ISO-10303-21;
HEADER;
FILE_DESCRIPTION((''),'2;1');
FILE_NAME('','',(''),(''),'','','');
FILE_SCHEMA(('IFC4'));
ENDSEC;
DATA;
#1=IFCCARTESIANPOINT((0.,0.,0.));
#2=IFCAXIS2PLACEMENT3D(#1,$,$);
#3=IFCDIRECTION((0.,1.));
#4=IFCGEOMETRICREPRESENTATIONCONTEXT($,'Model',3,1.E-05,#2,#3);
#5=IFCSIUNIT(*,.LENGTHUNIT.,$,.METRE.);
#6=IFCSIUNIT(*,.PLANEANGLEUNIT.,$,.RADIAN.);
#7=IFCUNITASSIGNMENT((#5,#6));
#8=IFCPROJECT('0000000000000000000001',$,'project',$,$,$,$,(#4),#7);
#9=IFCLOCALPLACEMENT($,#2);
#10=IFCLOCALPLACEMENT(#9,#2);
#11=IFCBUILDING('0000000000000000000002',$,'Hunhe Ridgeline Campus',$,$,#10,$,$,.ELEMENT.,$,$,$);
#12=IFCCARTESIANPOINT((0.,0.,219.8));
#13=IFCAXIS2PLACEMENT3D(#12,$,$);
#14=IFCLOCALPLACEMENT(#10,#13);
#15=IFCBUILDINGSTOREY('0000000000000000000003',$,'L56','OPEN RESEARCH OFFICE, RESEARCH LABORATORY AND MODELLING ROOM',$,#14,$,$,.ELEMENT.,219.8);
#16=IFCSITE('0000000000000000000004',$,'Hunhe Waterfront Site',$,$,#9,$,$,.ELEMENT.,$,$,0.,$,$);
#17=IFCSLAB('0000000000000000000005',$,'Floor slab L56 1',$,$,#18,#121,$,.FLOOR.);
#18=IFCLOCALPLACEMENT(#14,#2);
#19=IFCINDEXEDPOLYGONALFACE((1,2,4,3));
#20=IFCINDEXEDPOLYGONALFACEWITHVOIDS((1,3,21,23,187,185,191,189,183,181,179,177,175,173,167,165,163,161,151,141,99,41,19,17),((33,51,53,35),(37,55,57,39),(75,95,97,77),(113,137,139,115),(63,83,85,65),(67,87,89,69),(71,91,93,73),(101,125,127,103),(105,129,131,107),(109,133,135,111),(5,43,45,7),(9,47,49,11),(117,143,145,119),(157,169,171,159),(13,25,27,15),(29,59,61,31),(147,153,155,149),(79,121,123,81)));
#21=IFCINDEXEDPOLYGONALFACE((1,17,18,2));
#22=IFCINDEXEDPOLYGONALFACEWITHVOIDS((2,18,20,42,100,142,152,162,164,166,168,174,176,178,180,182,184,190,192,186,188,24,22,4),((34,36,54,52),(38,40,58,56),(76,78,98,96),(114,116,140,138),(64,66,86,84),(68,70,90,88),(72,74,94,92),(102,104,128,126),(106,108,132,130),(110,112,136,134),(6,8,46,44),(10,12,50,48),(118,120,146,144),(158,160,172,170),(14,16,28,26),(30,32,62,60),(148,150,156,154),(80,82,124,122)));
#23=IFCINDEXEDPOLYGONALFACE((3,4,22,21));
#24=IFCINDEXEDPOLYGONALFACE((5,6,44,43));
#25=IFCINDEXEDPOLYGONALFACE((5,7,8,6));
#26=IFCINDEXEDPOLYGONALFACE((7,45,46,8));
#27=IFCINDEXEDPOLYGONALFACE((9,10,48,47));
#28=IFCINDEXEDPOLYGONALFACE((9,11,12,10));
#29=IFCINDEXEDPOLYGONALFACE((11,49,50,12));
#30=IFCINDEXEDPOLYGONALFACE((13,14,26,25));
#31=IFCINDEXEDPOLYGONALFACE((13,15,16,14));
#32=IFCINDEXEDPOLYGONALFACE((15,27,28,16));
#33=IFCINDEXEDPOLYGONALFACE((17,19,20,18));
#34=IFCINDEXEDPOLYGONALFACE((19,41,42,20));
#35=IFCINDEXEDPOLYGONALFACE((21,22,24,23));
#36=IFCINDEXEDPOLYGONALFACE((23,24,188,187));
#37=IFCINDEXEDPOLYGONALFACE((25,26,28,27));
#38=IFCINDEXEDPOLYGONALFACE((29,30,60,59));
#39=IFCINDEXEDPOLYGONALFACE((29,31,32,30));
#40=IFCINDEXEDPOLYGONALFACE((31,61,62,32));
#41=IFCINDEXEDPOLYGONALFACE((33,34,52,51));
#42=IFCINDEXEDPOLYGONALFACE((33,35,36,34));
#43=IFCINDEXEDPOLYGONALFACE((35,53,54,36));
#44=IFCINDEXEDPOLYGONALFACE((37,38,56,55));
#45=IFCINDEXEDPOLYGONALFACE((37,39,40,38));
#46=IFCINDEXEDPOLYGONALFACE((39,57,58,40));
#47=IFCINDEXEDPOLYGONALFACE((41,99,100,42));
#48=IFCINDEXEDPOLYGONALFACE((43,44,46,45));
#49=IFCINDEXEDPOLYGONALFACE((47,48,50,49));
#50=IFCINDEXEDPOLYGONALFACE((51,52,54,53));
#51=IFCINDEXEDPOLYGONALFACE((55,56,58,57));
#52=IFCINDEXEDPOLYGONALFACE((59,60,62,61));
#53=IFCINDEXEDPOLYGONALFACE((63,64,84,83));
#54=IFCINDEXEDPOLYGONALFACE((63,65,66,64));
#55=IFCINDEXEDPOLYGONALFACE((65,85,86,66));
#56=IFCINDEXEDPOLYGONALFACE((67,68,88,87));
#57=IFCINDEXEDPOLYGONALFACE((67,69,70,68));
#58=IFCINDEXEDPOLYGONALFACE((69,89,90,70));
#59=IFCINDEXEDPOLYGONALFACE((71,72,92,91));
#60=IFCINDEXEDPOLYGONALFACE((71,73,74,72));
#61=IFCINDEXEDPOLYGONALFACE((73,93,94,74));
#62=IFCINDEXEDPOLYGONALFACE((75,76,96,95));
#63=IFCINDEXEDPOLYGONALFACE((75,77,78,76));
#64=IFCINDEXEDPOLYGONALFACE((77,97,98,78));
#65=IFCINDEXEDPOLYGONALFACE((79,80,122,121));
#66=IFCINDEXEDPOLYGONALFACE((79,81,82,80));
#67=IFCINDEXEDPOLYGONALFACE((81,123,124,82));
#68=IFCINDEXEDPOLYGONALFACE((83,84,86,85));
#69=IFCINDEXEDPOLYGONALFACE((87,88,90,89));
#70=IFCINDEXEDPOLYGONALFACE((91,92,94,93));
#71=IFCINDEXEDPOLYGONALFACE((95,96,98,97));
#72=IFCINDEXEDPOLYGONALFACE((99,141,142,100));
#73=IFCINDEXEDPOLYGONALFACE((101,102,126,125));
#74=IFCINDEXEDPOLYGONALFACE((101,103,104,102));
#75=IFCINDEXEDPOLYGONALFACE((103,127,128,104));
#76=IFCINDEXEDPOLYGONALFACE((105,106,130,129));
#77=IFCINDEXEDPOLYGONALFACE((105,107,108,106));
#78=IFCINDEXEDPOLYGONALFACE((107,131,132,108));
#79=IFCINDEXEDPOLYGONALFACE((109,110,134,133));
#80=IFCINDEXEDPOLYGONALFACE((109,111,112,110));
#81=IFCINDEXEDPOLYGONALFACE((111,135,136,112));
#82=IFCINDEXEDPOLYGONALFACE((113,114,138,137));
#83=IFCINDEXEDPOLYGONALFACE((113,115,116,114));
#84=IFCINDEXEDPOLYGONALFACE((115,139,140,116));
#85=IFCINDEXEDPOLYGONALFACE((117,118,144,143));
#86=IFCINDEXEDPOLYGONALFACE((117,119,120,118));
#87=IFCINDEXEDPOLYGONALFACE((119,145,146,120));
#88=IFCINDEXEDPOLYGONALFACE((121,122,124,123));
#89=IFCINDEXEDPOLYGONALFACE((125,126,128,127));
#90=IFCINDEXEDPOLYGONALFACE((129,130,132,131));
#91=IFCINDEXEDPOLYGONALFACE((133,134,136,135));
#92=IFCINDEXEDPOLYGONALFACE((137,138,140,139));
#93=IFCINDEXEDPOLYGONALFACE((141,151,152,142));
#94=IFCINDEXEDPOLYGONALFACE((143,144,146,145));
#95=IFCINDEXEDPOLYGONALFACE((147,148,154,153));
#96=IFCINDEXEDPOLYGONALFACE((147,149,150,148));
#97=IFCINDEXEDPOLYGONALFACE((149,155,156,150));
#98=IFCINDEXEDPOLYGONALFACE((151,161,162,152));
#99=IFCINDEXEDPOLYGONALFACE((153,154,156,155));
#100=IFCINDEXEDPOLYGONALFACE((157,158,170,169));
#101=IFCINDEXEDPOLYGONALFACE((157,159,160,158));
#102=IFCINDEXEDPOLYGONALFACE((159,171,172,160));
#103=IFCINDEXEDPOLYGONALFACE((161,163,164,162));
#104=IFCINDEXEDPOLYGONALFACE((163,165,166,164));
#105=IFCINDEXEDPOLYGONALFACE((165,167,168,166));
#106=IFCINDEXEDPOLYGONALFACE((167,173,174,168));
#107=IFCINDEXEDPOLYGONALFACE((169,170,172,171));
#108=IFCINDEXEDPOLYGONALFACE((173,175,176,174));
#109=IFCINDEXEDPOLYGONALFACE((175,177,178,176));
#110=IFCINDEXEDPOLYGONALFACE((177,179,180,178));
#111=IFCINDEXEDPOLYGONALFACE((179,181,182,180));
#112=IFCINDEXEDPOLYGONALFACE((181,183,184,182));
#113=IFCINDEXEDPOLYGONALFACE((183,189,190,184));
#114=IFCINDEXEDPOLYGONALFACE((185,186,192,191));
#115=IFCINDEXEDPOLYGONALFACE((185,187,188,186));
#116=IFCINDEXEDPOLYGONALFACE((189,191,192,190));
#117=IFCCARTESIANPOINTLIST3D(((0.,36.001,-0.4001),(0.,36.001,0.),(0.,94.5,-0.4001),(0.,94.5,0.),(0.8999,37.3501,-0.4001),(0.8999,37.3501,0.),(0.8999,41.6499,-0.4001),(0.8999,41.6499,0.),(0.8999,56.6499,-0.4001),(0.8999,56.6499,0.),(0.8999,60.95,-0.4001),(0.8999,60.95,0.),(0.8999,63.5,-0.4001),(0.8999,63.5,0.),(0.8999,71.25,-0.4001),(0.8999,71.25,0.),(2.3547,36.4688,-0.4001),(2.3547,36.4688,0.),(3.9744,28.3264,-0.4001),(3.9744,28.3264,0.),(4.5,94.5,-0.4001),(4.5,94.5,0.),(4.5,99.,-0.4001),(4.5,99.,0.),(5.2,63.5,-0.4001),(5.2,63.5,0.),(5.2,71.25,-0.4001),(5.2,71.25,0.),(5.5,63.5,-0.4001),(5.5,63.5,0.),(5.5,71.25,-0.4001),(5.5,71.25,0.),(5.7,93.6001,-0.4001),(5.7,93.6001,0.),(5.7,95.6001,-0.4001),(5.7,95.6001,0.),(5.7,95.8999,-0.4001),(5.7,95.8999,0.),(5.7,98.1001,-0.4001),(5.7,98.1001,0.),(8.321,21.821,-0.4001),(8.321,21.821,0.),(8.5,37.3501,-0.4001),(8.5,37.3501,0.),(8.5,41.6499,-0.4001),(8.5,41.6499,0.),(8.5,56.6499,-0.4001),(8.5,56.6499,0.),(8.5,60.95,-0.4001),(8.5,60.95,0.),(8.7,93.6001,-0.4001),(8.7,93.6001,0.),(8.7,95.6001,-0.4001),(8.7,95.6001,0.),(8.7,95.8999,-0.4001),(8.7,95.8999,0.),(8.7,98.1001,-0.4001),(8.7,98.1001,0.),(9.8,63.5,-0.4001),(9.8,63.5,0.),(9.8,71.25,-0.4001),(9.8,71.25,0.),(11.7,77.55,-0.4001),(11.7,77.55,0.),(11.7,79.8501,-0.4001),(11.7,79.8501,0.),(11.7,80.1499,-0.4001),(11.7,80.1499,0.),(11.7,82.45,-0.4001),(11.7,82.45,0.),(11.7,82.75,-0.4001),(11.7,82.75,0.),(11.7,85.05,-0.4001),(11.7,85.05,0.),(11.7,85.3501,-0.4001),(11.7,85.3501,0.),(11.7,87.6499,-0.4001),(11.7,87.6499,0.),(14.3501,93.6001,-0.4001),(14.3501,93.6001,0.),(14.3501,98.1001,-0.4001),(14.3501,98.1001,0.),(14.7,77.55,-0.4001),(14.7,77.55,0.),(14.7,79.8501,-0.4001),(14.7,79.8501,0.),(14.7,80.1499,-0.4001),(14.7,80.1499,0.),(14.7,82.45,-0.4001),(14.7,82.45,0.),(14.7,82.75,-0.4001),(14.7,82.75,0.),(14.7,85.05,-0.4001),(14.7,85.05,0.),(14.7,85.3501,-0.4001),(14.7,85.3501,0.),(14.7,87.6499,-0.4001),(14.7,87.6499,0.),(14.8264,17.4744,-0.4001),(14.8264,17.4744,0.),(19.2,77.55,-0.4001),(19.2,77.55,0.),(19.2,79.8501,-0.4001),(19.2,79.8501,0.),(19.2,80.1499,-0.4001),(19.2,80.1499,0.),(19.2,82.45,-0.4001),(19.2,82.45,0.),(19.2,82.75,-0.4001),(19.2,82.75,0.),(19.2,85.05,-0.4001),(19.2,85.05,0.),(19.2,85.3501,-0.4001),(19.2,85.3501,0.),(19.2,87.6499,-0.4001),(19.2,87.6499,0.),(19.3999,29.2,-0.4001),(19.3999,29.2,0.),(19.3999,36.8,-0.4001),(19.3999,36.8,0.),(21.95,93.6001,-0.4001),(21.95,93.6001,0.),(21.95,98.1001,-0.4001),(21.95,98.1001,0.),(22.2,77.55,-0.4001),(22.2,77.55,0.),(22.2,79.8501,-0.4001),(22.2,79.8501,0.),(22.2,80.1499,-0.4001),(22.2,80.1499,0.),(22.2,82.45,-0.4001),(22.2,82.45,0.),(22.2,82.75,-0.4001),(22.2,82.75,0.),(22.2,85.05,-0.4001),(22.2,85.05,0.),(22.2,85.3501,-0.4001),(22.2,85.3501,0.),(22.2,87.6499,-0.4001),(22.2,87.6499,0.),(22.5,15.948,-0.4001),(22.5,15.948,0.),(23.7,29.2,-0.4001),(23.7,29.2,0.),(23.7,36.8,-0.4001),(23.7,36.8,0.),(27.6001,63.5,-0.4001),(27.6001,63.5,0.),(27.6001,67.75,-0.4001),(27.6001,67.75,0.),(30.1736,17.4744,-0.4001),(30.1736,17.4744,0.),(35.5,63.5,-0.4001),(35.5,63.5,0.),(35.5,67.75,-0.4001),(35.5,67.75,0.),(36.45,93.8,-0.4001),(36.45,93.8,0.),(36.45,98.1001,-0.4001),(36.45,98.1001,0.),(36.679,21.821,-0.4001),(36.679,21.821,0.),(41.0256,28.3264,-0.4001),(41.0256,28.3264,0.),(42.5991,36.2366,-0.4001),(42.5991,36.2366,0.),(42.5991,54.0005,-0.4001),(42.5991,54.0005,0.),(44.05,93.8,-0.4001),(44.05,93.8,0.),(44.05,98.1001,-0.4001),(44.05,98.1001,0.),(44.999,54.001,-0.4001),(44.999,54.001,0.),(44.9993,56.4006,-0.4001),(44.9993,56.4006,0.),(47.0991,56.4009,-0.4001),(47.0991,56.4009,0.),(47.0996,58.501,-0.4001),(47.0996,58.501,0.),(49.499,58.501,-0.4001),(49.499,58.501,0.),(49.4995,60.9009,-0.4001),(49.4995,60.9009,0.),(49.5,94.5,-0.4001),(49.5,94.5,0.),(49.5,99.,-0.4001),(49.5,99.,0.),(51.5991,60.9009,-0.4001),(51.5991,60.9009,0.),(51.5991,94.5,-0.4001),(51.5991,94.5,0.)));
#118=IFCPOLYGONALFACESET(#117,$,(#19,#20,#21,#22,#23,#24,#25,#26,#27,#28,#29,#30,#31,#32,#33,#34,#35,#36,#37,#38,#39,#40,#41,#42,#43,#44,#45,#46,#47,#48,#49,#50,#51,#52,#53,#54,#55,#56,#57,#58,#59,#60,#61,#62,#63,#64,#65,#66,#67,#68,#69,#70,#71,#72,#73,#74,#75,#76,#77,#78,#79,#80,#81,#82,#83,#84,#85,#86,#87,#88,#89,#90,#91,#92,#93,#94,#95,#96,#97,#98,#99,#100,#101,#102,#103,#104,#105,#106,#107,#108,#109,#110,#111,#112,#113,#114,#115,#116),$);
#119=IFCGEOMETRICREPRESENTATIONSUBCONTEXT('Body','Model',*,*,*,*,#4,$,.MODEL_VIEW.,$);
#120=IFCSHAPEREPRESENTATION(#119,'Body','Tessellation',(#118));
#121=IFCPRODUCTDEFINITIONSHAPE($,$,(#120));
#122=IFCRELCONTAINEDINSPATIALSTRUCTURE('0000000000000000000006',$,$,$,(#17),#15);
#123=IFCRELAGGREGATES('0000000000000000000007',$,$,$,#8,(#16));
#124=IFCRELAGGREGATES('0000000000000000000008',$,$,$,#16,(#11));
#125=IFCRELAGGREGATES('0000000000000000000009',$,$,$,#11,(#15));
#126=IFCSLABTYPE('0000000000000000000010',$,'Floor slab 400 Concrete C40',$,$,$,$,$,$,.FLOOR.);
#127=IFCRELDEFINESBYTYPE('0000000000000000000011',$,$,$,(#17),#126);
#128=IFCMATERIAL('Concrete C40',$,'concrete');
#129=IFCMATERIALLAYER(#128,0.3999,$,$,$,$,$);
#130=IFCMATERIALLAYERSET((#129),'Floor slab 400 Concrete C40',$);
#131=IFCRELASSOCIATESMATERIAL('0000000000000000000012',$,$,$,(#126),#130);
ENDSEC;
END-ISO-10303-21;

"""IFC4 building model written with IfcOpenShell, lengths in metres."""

from ifc_helpers import new_model, si_unit, direction, frame, origin, place, context, subcontext, project, spatial, polyline, outline, extrude, material, layer, layer_set, type_object, element, save


model = new_model("IFC4")

# Units and contexts
model_context = context("Model", 3, precision=1e-05, world=origin(), true_north=direction((0.0, 1.0)))
body_context = subcontext(model_context, "Body", "Model", "MODEL_VIEW")
ifc_project = project(units=[si_unit("LENGTHUNIT", "METRE"), si_unit("PLANEANGLEUNIT", "RADIAN")], contexts=[model_context])

# Site, building, storey
site_placement = place(None, origin())
site = spatial("IfcSite", under=ifc_project, at=site_placement, Name="Hunhe Waterfront Site", CompositionType="ELEMENT", RefElevation=0.0)
building_placement = place(site_placement, origin())
building = spatial("IfcBuilding", under=site, at=building_placement, Name="Hunhe Ridgeline Campus", CompositionType="ELEMENT")
storey_placement = place(building_placement, frame((0.0, 0.0, 219.8)))
storey = spatial("IfcBuildingStorey", under=building, at=storey_placement, Name="L56", Description="OPEN RESEARCH OFFICE, RESEARCH LABORATORY AND MODELLING ROOM", CompositionType="ELEMENT", Elevation=219.8)

# Slab
ifc_material_1 = material(Name="Concrete C40", Category="concrete")
ifc_layer_1 = layer(ifc_material_1, 0.3999)
ifc_layer_set_1 = layer_set([ifc_layer_1], Name="Floor slab 400 Concrete C40")
slab_type_1 = type_object("IfcSlabType", Name="Floor slab 400 Concrete C40", PredefinedType="FLOOR", material=ifc_layer_set_1)
slab_1_placement = place(storey_placement, frame((0.0, 0.0, -0.4001)))
element("IfcSlab", 1, at=slab_1_placement, inside=storey, type_object=slab_type_1, Name="Floor slab L56 1", PredefinedType="FLOOR", context=body_context, shape_type="SweptSolid", body=[
    extrude(outline(polyline([(30.1736, 17.4744), (36.679, 21.821), (41.0256, 28.3264), (42.5991, 36.2366), (42.5991, 54.0005), (44.999, 54.001), (44.9993, 56.4006), (47.0991, 56.4009), (47.0996, 58.501), (49.499, 58.501), (49.4995, 60.9009), (51.5991, 60.9009), (51.5991, 94.5), (49.5, 94.5), (49.5, 99.0), (4.5, 99.0), (4.5, 94.5), (0.0, 94.5), (0.0, 36.001), (2.3547, 36.4688), (3.9744, 28.3264), (8.321, 21.821), (14.8264, 17.4744), (22.5, 15.948), (30.1736, 17.4744)]), holes=[polyline([(36.45, 93.8), (44.05, 93.8), (44.05, 98.1001), (36.45, 98.1001), (36.45, 93.8)]), polyline([(35.5, 63.5), (35.5, 67.75), (27.6001, 67.75), (27.6001, 63.5), (35.5, 63.5)]), polyline([(19.3999, 29.2), (23.7, 29.2), (23.7, 36.8), (19.3999, 36.8), (19.3999, 29.2)]), polyline([(22.2, 80.1499), (22.2, 82.45), (19.2, 82.45), (19.2, 80.1499), (22.2, 80.1499)]), polyline([(22.2, 79.8501), (19.2, 79.8501), (19.2, 77.55), (22.2, 77.55), (22.2, 79.8501)]), polyline([(19.2, 87.6499), (19.2, 85.3501), (22.2, 85.3501), (22.2, 87.6499), (19.2, 87.6499)]), polyline([(19.2, 82.75), (22.2, 82.75), (22.2, 85.05), (19.2, 85.05), (19.2, 82.75)]), polyline([(14.3501, 93.6001), (21.95, 93.6001), (21.95, 98.1001), (14.3501, 98.1001), (14.3501, 93.6001)]), polyline([(14.7, 79.8501), (11.7, 79.8501), (11.7, 77.55), (14.7, 77.55), (14.7, 79.8501)]), polyline([(14.7, 80.1499), (14.7, 82.45), (11.7, 82.45), (11.7, 80.1499), (14.7, 80.1499)]), polyline([(11.7, 87.6499), (11.7, 85.3501), (14.7, 85.3501), (14.7, 87.6499), (11.7, 87.6499)]), polyline([(11.7, 82.75), (14.7, 82.75), (14.7, 85.05), (11.7, 85.05), (11.7, 82.75)]), polyline([(9.8, 71.25), (5.5, 71.25), (5.5, 63.5), (9.8, 63.5), (9.8, 71.25)]), polyline([(8.7, 95.8999), (8.7, 98.1001), (5.7, 98.1001), (5.7, 95.8999), (8.7, 95.8999)]), polyline([(8.7, 95.6001), (5.7, 95.6001), (5.7, 93.6001), (8.7, 93.6001), (8.7, 95.6001)]), polyline([(0.8999, 37.3501), (8.5, 37.3501), (8.5, 41.6499), (0.8999, 41.6499), (0.8999, 37.3501)]), polyline([(0.8999, 60.95), (0.8999, 56.6499), (8.5, 56.6499), (8.5, 60.95), (0.8999, 60.95)]), polyline([(0.8999, 71.25), (0.8999, 63.5), (5.2, 63.5), (5.2, 71.25), (0.8999, 71.25)])]), origin(), (0.0, 0.0, 1.0), 0.4001),
])

save(model, "model.ifc")
